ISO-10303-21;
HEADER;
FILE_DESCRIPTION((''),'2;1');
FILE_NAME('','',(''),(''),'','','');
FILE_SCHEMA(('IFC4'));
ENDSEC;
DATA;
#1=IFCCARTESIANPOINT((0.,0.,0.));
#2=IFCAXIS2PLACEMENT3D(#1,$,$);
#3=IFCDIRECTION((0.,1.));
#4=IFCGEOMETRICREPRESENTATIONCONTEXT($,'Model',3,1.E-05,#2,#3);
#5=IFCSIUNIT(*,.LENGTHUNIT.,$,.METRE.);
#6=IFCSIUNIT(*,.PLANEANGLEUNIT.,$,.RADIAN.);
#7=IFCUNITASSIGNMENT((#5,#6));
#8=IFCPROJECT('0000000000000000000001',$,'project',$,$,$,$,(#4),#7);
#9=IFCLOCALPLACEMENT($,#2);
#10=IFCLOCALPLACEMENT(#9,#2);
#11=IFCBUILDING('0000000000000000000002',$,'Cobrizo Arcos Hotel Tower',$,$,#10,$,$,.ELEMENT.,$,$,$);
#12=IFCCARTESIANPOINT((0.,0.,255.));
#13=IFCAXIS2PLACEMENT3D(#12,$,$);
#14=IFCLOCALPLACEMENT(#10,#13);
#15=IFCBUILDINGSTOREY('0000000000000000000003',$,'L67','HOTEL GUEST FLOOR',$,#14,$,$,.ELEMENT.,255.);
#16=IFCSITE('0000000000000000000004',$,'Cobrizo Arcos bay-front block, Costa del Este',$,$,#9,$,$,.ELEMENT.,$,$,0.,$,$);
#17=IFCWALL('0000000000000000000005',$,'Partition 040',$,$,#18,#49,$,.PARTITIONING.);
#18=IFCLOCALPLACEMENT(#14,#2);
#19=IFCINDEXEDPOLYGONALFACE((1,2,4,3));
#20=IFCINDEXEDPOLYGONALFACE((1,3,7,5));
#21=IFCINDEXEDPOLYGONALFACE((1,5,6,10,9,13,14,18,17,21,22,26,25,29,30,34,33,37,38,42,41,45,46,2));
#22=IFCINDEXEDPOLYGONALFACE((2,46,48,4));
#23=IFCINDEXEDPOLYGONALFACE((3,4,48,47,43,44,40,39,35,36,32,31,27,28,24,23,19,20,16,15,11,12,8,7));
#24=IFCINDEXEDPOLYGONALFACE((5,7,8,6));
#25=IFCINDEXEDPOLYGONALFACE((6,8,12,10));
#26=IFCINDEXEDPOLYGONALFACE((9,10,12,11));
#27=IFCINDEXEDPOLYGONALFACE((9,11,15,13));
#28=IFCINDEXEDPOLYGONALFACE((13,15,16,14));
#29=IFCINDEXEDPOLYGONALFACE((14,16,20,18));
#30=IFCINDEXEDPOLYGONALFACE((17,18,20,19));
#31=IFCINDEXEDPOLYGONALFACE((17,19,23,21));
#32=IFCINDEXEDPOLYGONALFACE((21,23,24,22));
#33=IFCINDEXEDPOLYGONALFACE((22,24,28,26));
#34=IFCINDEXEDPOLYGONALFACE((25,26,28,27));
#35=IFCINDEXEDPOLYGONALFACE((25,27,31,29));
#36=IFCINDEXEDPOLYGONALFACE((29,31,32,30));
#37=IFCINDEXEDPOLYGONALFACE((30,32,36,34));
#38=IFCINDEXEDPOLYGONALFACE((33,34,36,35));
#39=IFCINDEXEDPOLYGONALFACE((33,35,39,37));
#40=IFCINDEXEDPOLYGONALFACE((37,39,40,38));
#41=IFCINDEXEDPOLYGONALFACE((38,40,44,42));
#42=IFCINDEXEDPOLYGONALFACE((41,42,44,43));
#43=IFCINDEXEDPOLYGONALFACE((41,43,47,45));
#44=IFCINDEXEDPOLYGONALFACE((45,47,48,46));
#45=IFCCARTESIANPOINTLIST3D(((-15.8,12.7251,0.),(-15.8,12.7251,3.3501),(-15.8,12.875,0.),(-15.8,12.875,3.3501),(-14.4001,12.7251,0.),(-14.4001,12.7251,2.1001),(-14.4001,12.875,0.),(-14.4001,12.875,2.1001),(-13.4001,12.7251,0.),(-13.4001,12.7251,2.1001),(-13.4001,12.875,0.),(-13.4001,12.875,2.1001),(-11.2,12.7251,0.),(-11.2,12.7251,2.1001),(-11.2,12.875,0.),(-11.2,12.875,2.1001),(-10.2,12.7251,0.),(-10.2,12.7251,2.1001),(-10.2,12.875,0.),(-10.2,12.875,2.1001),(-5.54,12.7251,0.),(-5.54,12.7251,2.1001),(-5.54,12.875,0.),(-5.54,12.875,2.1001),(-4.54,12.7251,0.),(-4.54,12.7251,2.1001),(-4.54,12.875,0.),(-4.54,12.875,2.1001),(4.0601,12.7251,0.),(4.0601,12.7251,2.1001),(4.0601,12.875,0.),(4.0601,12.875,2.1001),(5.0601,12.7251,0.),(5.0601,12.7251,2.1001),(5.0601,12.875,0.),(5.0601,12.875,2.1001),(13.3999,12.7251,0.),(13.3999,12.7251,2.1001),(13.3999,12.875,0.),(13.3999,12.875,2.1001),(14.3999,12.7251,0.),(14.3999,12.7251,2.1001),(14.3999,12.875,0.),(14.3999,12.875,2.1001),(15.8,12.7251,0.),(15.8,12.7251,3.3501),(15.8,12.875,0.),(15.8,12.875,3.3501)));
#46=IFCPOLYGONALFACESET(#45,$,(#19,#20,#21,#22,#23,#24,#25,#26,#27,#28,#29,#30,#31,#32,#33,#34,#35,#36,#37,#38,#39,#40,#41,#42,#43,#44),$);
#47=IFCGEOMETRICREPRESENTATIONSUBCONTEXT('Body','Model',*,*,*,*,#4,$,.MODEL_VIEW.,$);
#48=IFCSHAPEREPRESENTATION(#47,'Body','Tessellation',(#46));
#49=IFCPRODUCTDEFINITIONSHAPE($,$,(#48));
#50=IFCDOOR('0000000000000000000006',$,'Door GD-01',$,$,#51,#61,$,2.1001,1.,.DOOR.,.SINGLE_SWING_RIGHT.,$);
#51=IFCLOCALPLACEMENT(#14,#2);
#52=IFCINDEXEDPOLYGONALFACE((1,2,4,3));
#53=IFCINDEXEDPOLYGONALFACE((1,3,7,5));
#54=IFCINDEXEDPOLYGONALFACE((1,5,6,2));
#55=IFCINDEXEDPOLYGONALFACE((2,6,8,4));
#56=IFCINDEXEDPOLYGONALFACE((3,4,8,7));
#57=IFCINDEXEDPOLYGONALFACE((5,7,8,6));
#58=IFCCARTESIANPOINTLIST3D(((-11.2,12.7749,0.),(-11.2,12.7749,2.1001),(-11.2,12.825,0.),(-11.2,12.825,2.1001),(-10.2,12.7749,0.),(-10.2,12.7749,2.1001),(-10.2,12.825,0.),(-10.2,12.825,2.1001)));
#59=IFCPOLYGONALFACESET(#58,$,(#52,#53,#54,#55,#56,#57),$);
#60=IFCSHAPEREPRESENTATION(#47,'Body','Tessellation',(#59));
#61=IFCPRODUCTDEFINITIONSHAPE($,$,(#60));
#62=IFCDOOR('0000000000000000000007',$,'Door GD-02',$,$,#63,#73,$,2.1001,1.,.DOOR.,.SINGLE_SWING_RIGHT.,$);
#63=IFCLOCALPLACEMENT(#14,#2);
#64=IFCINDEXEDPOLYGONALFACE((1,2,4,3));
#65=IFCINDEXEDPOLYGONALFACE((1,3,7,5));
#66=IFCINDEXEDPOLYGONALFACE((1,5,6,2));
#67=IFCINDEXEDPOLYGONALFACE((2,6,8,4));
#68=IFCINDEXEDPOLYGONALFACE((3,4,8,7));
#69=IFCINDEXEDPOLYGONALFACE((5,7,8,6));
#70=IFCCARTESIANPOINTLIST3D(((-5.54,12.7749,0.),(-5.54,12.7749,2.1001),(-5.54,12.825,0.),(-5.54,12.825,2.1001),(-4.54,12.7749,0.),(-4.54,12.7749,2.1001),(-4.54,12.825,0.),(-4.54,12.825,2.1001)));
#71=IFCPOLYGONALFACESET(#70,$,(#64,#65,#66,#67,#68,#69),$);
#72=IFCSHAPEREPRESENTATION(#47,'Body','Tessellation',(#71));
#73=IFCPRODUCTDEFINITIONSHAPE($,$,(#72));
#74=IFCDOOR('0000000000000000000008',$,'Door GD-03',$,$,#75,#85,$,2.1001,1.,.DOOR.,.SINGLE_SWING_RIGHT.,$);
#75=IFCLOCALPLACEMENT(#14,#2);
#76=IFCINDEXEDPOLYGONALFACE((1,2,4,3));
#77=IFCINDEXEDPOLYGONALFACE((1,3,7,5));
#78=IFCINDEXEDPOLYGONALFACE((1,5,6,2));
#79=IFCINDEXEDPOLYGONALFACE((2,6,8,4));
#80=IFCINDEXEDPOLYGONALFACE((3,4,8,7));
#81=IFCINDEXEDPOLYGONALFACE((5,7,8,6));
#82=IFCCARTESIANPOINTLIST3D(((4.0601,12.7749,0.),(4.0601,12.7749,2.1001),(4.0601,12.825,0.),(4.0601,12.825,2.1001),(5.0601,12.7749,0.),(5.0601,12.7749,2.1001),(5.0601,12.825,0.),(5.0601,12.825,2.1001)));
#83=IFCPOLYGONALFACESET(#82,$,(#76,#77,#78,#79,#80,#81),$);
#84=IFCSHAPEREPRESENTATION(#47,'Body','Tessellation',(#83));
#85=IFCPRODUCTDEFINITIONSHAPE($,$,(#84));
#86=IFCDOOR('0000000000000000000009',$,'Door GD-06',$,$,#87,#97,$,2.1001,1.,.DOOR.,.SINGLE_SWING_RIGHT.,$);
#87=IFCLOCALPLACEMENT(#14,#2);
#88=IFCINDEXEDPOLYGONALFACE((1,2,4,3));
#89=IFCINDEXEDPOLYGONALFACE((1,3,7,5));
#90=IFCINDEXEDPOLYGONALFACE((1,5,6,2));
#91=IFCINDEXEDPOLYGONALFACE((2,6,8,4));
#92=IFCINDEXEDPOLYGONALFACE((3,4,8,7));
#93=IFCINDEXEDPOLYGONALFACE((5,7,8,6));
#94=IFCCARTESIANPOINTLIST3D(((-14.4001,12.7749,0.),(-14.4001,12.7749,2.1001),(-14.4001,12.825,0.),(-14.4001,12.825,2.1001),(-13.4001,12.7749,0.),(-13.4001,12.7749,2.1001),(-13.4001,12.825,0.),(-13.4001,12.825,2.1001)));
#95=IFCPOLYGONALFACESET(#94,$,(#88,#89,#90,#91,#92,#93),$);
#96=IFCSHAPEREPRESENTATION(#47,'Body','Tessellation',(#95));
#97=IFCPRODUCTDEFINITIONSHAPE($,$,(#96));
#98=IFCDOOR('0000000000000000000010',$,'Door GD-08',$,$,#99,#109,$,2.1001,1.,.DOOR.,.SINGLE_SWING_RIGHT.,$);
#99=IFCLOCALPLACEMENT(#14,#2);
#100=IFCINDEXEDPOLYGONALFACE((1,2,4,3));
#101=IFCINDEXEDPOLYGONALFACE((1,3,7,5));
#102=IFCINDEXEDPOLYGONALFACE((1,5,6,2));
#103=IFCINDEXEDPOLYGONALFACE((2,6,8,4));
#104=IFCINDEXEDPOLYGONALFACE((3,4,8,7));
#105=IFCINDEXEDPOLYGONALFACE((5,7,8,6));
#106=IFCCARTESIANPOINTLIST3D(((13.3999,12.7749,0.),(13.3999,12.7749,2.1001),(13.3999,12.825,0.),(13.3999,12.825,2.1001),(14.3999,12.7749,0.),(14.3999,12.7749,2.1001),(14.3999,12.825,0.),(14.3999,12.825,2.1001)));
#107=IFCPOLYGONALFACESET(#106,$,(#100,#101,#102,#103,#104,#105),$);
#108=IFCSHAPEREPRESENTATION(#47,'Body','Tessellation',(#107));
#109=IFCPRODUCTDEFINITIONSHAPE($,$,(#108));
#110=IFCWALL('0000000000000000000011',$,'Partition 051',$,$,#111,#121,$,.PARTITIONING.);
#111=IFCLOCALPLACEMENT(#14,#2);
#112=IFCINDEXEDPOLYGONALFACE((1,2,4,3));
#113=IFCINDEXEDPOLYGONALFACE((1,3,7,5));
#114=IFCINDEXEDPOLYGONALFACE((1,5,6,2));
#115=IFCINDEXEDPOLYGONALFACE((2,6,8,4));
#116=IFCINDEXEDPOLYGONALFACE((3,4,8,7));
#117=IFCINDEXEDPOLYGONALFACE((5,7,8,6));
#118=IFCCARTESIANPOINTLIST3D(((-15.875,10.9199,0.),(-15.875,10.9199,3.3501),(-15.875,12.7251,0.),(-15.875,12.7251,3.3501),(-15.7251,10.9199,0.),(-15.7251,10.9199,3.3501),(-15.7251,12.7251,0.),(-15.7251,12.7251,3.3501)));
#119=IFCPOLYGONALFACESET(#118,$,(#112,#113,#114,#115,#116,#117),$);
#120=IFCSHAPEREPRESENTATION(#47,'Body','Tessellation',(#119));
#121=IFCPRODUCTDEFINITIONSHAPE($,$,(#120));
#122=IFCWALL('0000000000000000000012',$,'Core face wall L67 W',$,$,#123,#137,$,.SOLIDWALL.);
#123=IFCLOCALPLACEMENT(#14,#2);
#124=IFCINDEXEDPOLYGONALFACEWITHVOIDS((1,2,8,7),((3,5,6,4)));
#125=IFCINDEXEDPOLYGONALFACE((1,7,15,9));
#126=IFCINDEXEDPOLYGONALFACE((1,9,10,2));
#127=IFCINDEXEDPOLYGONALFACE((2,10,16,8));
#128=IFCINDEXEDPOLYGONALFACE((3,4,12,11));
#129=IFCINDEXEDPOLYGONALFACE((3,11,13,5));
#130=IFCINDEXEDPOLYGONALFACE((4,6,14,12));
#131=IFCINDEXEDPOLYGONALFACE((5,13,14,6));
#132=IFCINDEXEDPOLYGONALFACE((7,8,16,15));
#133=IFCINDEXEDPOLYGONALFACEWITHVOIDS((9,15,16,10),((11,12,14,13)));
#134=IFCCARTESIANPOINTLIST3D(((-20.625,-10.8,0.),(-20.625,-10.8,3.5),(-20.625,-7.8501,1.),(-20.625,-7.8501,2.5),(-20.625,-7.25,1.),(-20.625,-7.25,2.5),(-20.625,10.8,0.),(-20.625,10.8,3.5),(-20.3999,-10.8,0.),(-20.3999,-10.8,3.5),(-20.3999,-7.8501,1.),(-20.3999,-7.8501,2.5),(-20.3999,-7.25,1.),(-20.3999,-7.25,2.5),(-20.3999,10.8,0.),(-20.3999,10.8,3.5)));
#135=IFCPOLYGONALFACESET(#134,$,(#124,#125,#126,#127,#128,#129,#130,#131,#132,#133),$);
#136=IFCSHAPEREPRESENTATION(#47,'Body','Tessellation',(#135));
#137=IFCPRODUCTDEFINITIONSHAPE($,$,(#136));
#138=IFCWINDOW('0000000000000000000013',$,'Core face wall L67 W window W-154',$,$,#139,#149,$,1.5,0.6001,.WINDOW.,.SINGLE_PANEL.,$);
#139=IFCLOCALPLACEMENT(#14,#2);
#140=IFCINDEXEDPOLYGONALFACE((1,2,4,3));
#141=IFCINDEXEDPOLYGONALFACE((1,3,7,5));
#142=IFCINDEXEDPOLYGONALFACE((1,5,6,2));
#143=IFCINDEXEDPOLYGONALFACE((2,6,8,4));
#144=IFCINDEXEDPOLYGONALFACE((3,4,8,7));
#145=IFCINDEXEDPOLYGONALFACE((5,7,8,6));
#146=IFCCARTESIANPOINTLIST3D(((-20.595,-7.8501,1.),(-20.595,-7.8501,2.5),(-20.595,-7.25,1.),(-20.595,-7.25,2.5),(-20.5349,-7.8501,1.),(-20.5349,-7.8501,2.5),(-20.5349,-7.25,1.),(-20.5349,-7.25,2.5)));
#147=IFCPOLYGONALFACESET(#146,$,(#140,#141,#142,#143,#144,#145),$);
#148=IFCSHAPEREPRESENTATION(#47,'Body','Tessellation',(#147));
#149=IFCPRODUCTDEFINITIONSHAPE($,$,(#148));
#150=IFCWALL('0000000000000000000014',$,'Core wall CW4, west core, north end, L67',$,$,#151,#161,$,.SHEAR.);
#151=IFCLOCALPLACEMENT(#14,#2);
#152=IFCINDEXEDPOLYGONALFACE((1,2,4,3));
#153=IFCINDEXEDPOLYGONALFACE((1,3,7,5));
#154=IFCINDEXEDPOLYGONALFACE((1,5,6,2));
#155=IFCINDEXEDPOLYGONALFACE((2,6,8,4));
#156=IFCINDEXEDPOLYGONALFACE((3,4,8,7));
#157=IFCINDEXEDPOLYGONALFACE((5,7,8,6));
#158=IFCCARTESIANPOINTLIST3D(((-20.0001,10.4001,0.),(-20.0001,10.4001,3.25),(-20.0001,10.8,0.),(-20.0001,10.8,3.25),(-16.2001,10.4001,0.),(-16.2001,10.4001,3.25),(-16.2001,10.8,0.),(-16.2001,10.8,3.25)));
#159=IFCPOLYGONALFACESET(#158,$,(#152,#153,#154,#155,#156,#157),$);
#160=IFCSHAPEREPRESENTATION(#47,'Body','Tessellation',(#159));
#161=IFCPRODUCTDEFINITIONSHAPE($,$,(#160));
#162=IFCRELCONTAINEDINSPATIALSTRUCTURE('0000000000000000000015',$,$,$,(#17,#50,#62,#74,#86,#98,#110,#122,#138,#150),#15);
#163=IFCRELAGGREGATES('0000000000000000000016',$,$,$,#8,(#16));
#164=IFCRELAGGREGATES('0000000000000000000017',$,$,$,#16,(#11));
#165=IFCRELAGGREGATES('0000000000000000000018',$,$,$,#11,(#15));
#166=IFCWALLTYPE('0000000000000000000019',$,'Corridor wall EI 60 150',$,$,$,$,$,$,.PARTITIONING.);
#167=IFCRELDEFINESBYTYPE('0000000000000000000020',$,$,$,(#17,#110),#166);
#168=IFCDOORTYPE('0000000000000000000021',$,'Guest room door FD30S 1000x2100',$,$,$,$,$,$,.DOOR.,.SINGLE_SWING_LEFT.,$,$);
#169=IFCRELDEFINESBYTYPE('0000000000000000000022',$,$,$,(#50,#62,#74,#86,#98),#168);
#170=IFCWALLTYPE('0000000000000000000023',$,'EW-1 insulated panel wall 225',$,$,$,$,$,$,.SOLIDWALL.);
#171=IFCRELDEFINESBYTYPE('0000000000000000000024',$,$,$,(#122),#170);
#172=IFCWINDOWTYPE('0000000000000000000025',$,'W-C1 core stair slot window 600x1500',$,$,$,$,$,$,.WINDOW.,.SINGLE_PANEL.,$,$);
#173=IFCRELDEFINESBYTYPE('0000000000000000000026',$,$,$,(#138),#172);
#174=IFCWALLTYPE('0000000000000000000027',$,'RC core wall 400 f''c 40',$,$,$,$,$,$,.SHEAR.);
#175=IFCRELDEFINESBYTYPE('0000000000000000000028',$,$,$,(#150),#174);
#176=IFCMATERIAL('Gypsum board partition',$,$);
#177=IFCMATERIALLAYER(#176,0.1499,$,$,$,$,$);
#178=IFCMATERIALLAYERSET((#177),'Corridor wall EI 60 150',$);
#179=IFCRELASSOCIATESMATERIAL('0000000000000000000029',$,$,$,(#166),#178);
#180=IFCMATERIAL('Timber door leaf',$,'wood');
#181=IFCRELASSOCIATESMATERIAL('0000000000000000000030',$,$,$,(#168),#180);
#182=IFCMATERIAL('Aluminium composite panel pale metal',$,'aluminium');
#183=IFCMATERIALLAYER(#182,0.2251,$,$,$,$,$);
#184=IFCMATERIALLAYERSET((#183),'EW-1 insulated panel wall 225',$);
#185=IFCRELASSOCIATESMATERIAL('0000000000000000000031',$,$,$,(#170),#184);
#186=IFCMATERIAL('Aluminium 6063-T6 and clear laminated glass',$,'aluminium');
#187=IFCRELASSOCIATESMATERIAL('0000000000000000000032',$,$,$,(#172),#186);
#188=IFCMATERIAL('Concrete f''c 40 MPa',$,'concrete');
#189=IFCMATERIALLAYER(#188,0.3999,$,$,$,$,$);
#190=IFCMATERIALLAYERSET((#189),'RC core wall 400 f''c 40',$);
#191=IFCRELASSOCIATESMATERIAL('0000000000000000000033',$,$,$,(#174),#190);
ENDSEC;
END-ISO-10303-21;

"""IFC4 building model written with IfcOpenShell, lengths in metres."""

from ifc_helpers import new_model, si_unit, direction, frame, frame_2d, origin, place, context, subcontext, project, spatial, rectangle, extrude, material, layer, layer_set, type_object, element, fill, save


model = new_model("IFC4")

# Units and contexts
model_context = context("Model", 3, precision=1e-05, world=origin(), true_north=direction((0.0, 1.0)))
body_context = subcontext(model_context, "Body", "Model", "MODEL_VIEW")
ifc_project = project(units=[si_unit("LENGTHUNIT", "METRE"), si_unit("PLANEANGLEUNIT", "RADIAN")], contexts=[model_context])

# Site, building, storey
site_placement = place(None, origin())
site = spatial("IfcSite", under=ifc_project, at=site_placement, Name="Cobrizo Arcos bay-front block, Costa del Este", CompositionType="ELEMENT", RefElevation=0.0)
building_placement = place(site_placement, origin())
building = spatial("IfcBuilding", under=site, at=building_placement, Name="Cobrizo Arcos Hotel Tower", CompositionType="ELEMENT")
storey_placement = place(building_placement, frame((0.0, 0.0, 255.0)))
storey = spatial("IfcBuildingStorey", under=building, at=storey_placement, Name="L67", Description="HOTEL GUEST FLOOR", CompositionType="ELEMENT", Elevation=255.0)

# Shared definitions
ifc_material_1 = material(Name="Aluminium composite panel pale metal", Category="aluminium")

# Wall, openings, doors
ifc_material_2 = material(Name="Gypsum board partition")
ifc_layer_1 = layer(ifc_material_2, 0.1499)
ifc_layer_set_1 = layer_set([ifc_layer_1], Name="Corridor wall EI 60 150")
wall_type_1 = type_object("IfcWallType", Name="Corridor wall EI 60 150", PredefinedType="PARTITIONING", material=ifc_layer_set_1)
wall_1_placement = place(storey_placement, frame((-15.8, 12.8, 0.0), z_axis=(0.0, 0.0, 1.0), x_axis=(1.0, 0.0, 0.0)))
wall_1 = element("IfcWall", 1, at=wall_1_placement, inside=storey, type_object=wall_type_1, Name="Partition 040", PredefinedType="PARTITIONING", context=body_context, shape_type="SweptSolid", body=[
    extrude(rectangle(XDim=31.6001, YDim=0.1499, at=frame_2d((15.8, 0.0))), origin(), (0.0, 0.0, 1.0), 3.3501),
])
opening_1_placement = place(wall_1_placement, frame((4.6001, 0.0, 0.0)))
opening_1 = element("IfcOpeningElement", 2, at=opening_1_placement, cuts=wall_1, PredefinedType="OPENING", context=body_context, shape_type="SweptSolid", body=[
    extrude(rectangle(XDim=1.0, YDim=2.1001, at=frame_2d((0.5, 1.05))), frame((0.0, 0.0869, 0.0), z_axis=(0.0, -1.0, 0.0), x_axis=(1.0, 0.0, 0.0)), (0.0, 0.0, 1.0), 0.1738),
])
opening_2_placement = place(wall_1_placement, frame((10.26, 0.0, 0.0)))
opening_2 = element("IfcOpeningElement", 3, at=opening_2_placement, cuts=wall_1, PredefinedType="OPENING", context=body_context, shape_type="SweptSolid", body=[
    extrude(rectangle(XDim=1.0, YDim=2.1001, at=frame_2d((0.5, 1.05))), frame((0.0, 0.0869, 0.0), z_axis=(0.0, -1.0, 0.0), x_axis=(1.0, 0.0, 0.0)), (0.0, 0.0, 1.0), 0.1738),
])
opening_3_placement = place(wall_1_placement, frame((19.8601, 0.0, 0.0)))
opening_3 = element("IfcOpeningElement", 4, at=opening_3_placement, cuts=wall_1, PredefinedType="OPENING", context=body_context, shape_type="SweptSolid", body=[
    extrude(rectangle(XDim=1.0, YDim=2.1001, at=frame_2d((0.5, 1.05))), frame((0.0, 0.0869, 0.0), z_axis=(0.0, -1.0, 0.0), x_axis=(1.0, 0.0, 0.0)), (0.0, 0.0, 1.0), 0.1738),
])
opening_4_placement = place(wall_1_placement, frame((1.3999, 0.0, 0.0)))
opening_4 = element("IfcOpeningElement", 5, at=opening_4_placement, cuts=wall_1, PredefinedType="OPENING", context=body_context, shape_type="SweptSolid", body=[
    extrude(rectangle(XDim=1.0, YDim=2.1001, at=frame_2d((0.5, 1.05))), frame((0.0, 0.0869, 0.0), z_axis=(0.0, -1.0, 0.0), x_axis=(1.0, 0.0, 0.0)), (0.0, 0.0, 1.0), 0.1738),
])
opening_5_placement = place(wall_1_placement, frame((29.2, 0.0, 0.0)))
opening_5 = element("IfcOpeningElement", 6, at=opening_5_placement, cuts=wall_1, PredefinedType="OPENING", context=body_context, shape_type="SweptSolid", body=[
    extrude(rectangle(XDim=1.0, YDim=2.1001, at=frame_2d((0.5, 1.05))), frame((0.0, 0.0869, 0.0), z_axis=(0.0, -1.0, 0.0), x_axis=(1.0, 0.0, 0.0)), (0.0, 0.0, 1.0), 0.1738),
])
ifc_material_3 = material(Name="Timber door leaf", Category="wood")
door_type = type_object("IfcDoorType", Name="Guest room door FD30S 1000x2100", OperationType="SINGLE_SWING_LEFT", PredefinedType="DOOR", material=ifc_material_3)
door_1_placement = place(opening_1_placement, origin())
door_1 = element("IfcDoor", 7, at=door_1_placement, inside=storey, type_object=door_type, Name="Door GD-01", OperationType="SINGLE_SWING_RIGHT", OverallHeight=2.1001, OverallWidth=1.0, PredefinedType="DOOR", context=body_context, shape_type="SweptSolid", body=[
    extrude(rectangle(XDim=1.0, YDim=2.1001, at=frame_2d((0.5, 1.05))), frame((0.0, 0.0249, 0.0), z_axis=(0.0, -1.0, 0.0), x_axis=(1.0, 0.0, 0.0)), (0.0, 0.0, 1.0), 0.05),
])
fill(opening_1, door_1)
door_2_placement = place(opening_2_placement, origin())
door_2 = element("IfcDoor", 8, at=door_2_placement, inside=storey, type_object=door_type, Name="Door GD-02", OperationType="SINGLE_SWING_RIGHT", OverallHeight=2.1001, OverallWidth=1.0, PredefinedType="DOOR", context=body_context, shape_type="SweptSolid", body=[
    extrude(rectangle(XDim=1.0, YDim=2.1001, at=frame_2d((0.5, 1.05))), frame((0.0, 0.0249, 0.0), z_axis=(0.0, -1.0, 0.0), x_axis=(1.0, 0.0, 0.0)), (0.0, 0.0, 1.0), 0.05),
])
fill(opening_2, door_2)
door_3_placement = place(opening_3_placement, origin())
door_3 = element("IfcDoor", 9, at=door_3_placement, inside=storey, type_object=door_type, Name="Door GD-03", OperationType="SINGLE_SWING_RIGHT", OverallHeight=2.1001, OverallWidth=1.0, PredefinedType="DOOR", context=body_context, shape_type="SweptSolid", body=[
    extrude(rectangle(XDim=1.0, YDim=2.1001, at=frame_2d((0.5, 1.05))), frame((0.0, 0.0249, 0.0), z_axis=(0.0, -1.0, 0.0), x_axis=(1.0, 0.0, 0.0)), (0.0, 0.0, 1.0), 0.05),
])
fill(opening_3, door_3)
door_4_placement = place(opening_4_placement, origin())
door_4 = element("IfcDoor", 10, at=door_4_placement, inside=storey, type_object=door_type, Name="Door GD-06", OperationType="SINGLE_SWING_RIGHT", OverallHeight=2.1001, OverallWidth=1.0, PredefinedType="DOOR", context=body_context, shape_type="SweptSolid", body=[
    extrude(rectangle(XDim=1.0, YDim=2.1001, at=frame_2d((0.5, 1.05))), frame((0.0, 0.0249, 0.0), z_axis=(0.0, -1.0, 0.0), x_axis=(1.0, 0.0, 0.0)), (0.0, 0.0, 1.0), 0.05),
])
fill(opening_4, door_4)
door_5_placement = place(opening_5_placement, origin())
door_5 = element("IfcDoor", 11, at=door_5_placement, inside=storey, type_object=door_type, Name="Door GD-08", OperationType="SINGLE_SWING_RIGHT", OverallHeight=2.1001, OverallWidth=1.0, PredefinedType="DOOR", context=body_context, shape_type="SweptSolid", body=[
    extrude(rectangle(XDim=1.0, YDim=2.1001, at=frame_2d((0.5, 1.05))), frame((0.0, 0.0249, 0.0), z_axis=(0.0, -1.0, 0.0), x_axis=(1.0, 0.0, 0.0)), (0.0, 0.0, 1.0), 0.05),
])
fill(opening_5, door_5)

# Wall
wall_2_placement = place(storey_placement, frame((-15.8, 10.9199, 0.0), z_axis=(0.0, 0.0, 1.0), x_axis=(0.0, 1.0, 0.0)))
element("IfcWall", 12, at=wall_2_placement, inside=storey, type_object=wall_type_1, Name="Partition 051", PredefinedType="PARTITIONING", context=body_context, shape_type="SweptSolid", body=[
    extrude(rectangle(XDim=1.8052, YDim=0.1499, at=frame_2d((0.9026, 0.0))), origin(), (0.0, 0.0, 1.0), 3.3501),
])

# Wall, opening, window
ifc_layer_2 = layer(ifc_material_1, 0.2251)
ifc_layer_set_2 = layer_set([ifc_layer_2], Name="EW-1 insulated panel wall 225")
wall_type_2 = type_object("IfcWallType", Name="EW-1 insulated panel wall 225", PredefinedType="SOLIDWALL", material=ifc_layer_set_2)
wall_3_placement = place(storey_placement, frame((-20.5125, 10.8, 0.0), z_axis=(0.0, 0.0, 1.0), x_axis=(0.0, -1.0, 0.0)))
wall_3 = element("IfcWall", 13, at=wall_3_placement, inside=storey, type_object=wall_type_2, Name="Core face wall L67 W", PredefinedType="SOLIDWALL", context=body_context, shape_type="SweptSolid", body=[
    extrude(rectangle(XDim=21.6001, YDim=0.2251, at=frame_2d((10.8, 0.0))), origin(), (0.0, 0.0, 1.0), 3.5),
])
opening_6_placement = place(wall_3_placement, frame((18.05, 0.0, 1.0)))
opening_6 = element("IfcOpeningElement", 14, at=opening_6_placement, cuts=wall_3, PredefinedType="OPENING", context=body_context, shape_type="SweptSolid", body=[
    extrude(rectangle(XDim=0.6001, YDim=1.5, at=frame_2d((0.3, 0.75))), frame((0.0, 0.1245, 0.0), z_axis=(0.0, -1.0, 0.0), x_axis=(1.0, 0.0, 0.0)), (0.0, 0.0, 1.0), 0.249),
])
ifc_material_4 = material(Name="Aluminium 6063-T6 and clear laminated glass", Category="aluminium")
window_type = type_object("IfcWindowType", Name="W-C1 core stair slot window 600x1500", PartitioningType="SINGLE_PANEL", PredefinedType="WINDOW", material=ifc_material_4)
window_placement = place(opening_6_placement, origin())
window = element("IfcWindow", 15, at=window_placement, inside=storey, type_object=window_type, Name="Core face wall L67 W window W-154", OverallHeight=1.5, OverallWidth=0.6001, PartitioningType="SINGLE_PANEL", PredefinedType="WINDOW", context=body_context, shape_type="SweptSolid", body=[
    extrude(rectangle(XDim=0.6001, YDim=1.5, at=frame_2d((0.3, 0.75))), frame((0.0, -0.0225, 0.0), z_axis=(0.0, -1.0, 0.0), x_axis=(1.0, 0.0, 0.0)), (0.0, 0.0, 1.0), 0.0601),
])
fill(opening_6, window)

# Wall
ifc_material_5 = material(Name="Concrete f'c 40 MPa", Category="concrete")
ifc_layer_3 = layer(ifc_material_5, 0.3999)
ifc_layer_set_3 = layer_set([ifc_layer_3], Name="RC core wall 400 f'c 40")
wall_type_3 = type_object("IfcWallType", Name="RC core wall 400 f'c 40", PredefinedType="SHEAR", material=ifc_layer_set_3)
wall_4_placement = place(storey_placement, frame((-20.0, 10.6001, 0.0), z_axis=(0.0, 0.0, 1.0), x_axis=(1.0, 0.0, 0.0)))
element("IfcWall", 16, at=wall_4_placement, inside=storey, type_object=wall_type_3, Name="Core wall CW4, west core, north end, L67", PredefinedType="SHEAR", context=body_context, shape_type="SweptSolid", body=[
    extrude(rectangle(XDim=3.8, YDim=0.3999, at=frame_2d((1.8999, 0.0))), origin(), (0.0, 0.0, 1.0), 3.25),
])

save(model, "model.ifc")
